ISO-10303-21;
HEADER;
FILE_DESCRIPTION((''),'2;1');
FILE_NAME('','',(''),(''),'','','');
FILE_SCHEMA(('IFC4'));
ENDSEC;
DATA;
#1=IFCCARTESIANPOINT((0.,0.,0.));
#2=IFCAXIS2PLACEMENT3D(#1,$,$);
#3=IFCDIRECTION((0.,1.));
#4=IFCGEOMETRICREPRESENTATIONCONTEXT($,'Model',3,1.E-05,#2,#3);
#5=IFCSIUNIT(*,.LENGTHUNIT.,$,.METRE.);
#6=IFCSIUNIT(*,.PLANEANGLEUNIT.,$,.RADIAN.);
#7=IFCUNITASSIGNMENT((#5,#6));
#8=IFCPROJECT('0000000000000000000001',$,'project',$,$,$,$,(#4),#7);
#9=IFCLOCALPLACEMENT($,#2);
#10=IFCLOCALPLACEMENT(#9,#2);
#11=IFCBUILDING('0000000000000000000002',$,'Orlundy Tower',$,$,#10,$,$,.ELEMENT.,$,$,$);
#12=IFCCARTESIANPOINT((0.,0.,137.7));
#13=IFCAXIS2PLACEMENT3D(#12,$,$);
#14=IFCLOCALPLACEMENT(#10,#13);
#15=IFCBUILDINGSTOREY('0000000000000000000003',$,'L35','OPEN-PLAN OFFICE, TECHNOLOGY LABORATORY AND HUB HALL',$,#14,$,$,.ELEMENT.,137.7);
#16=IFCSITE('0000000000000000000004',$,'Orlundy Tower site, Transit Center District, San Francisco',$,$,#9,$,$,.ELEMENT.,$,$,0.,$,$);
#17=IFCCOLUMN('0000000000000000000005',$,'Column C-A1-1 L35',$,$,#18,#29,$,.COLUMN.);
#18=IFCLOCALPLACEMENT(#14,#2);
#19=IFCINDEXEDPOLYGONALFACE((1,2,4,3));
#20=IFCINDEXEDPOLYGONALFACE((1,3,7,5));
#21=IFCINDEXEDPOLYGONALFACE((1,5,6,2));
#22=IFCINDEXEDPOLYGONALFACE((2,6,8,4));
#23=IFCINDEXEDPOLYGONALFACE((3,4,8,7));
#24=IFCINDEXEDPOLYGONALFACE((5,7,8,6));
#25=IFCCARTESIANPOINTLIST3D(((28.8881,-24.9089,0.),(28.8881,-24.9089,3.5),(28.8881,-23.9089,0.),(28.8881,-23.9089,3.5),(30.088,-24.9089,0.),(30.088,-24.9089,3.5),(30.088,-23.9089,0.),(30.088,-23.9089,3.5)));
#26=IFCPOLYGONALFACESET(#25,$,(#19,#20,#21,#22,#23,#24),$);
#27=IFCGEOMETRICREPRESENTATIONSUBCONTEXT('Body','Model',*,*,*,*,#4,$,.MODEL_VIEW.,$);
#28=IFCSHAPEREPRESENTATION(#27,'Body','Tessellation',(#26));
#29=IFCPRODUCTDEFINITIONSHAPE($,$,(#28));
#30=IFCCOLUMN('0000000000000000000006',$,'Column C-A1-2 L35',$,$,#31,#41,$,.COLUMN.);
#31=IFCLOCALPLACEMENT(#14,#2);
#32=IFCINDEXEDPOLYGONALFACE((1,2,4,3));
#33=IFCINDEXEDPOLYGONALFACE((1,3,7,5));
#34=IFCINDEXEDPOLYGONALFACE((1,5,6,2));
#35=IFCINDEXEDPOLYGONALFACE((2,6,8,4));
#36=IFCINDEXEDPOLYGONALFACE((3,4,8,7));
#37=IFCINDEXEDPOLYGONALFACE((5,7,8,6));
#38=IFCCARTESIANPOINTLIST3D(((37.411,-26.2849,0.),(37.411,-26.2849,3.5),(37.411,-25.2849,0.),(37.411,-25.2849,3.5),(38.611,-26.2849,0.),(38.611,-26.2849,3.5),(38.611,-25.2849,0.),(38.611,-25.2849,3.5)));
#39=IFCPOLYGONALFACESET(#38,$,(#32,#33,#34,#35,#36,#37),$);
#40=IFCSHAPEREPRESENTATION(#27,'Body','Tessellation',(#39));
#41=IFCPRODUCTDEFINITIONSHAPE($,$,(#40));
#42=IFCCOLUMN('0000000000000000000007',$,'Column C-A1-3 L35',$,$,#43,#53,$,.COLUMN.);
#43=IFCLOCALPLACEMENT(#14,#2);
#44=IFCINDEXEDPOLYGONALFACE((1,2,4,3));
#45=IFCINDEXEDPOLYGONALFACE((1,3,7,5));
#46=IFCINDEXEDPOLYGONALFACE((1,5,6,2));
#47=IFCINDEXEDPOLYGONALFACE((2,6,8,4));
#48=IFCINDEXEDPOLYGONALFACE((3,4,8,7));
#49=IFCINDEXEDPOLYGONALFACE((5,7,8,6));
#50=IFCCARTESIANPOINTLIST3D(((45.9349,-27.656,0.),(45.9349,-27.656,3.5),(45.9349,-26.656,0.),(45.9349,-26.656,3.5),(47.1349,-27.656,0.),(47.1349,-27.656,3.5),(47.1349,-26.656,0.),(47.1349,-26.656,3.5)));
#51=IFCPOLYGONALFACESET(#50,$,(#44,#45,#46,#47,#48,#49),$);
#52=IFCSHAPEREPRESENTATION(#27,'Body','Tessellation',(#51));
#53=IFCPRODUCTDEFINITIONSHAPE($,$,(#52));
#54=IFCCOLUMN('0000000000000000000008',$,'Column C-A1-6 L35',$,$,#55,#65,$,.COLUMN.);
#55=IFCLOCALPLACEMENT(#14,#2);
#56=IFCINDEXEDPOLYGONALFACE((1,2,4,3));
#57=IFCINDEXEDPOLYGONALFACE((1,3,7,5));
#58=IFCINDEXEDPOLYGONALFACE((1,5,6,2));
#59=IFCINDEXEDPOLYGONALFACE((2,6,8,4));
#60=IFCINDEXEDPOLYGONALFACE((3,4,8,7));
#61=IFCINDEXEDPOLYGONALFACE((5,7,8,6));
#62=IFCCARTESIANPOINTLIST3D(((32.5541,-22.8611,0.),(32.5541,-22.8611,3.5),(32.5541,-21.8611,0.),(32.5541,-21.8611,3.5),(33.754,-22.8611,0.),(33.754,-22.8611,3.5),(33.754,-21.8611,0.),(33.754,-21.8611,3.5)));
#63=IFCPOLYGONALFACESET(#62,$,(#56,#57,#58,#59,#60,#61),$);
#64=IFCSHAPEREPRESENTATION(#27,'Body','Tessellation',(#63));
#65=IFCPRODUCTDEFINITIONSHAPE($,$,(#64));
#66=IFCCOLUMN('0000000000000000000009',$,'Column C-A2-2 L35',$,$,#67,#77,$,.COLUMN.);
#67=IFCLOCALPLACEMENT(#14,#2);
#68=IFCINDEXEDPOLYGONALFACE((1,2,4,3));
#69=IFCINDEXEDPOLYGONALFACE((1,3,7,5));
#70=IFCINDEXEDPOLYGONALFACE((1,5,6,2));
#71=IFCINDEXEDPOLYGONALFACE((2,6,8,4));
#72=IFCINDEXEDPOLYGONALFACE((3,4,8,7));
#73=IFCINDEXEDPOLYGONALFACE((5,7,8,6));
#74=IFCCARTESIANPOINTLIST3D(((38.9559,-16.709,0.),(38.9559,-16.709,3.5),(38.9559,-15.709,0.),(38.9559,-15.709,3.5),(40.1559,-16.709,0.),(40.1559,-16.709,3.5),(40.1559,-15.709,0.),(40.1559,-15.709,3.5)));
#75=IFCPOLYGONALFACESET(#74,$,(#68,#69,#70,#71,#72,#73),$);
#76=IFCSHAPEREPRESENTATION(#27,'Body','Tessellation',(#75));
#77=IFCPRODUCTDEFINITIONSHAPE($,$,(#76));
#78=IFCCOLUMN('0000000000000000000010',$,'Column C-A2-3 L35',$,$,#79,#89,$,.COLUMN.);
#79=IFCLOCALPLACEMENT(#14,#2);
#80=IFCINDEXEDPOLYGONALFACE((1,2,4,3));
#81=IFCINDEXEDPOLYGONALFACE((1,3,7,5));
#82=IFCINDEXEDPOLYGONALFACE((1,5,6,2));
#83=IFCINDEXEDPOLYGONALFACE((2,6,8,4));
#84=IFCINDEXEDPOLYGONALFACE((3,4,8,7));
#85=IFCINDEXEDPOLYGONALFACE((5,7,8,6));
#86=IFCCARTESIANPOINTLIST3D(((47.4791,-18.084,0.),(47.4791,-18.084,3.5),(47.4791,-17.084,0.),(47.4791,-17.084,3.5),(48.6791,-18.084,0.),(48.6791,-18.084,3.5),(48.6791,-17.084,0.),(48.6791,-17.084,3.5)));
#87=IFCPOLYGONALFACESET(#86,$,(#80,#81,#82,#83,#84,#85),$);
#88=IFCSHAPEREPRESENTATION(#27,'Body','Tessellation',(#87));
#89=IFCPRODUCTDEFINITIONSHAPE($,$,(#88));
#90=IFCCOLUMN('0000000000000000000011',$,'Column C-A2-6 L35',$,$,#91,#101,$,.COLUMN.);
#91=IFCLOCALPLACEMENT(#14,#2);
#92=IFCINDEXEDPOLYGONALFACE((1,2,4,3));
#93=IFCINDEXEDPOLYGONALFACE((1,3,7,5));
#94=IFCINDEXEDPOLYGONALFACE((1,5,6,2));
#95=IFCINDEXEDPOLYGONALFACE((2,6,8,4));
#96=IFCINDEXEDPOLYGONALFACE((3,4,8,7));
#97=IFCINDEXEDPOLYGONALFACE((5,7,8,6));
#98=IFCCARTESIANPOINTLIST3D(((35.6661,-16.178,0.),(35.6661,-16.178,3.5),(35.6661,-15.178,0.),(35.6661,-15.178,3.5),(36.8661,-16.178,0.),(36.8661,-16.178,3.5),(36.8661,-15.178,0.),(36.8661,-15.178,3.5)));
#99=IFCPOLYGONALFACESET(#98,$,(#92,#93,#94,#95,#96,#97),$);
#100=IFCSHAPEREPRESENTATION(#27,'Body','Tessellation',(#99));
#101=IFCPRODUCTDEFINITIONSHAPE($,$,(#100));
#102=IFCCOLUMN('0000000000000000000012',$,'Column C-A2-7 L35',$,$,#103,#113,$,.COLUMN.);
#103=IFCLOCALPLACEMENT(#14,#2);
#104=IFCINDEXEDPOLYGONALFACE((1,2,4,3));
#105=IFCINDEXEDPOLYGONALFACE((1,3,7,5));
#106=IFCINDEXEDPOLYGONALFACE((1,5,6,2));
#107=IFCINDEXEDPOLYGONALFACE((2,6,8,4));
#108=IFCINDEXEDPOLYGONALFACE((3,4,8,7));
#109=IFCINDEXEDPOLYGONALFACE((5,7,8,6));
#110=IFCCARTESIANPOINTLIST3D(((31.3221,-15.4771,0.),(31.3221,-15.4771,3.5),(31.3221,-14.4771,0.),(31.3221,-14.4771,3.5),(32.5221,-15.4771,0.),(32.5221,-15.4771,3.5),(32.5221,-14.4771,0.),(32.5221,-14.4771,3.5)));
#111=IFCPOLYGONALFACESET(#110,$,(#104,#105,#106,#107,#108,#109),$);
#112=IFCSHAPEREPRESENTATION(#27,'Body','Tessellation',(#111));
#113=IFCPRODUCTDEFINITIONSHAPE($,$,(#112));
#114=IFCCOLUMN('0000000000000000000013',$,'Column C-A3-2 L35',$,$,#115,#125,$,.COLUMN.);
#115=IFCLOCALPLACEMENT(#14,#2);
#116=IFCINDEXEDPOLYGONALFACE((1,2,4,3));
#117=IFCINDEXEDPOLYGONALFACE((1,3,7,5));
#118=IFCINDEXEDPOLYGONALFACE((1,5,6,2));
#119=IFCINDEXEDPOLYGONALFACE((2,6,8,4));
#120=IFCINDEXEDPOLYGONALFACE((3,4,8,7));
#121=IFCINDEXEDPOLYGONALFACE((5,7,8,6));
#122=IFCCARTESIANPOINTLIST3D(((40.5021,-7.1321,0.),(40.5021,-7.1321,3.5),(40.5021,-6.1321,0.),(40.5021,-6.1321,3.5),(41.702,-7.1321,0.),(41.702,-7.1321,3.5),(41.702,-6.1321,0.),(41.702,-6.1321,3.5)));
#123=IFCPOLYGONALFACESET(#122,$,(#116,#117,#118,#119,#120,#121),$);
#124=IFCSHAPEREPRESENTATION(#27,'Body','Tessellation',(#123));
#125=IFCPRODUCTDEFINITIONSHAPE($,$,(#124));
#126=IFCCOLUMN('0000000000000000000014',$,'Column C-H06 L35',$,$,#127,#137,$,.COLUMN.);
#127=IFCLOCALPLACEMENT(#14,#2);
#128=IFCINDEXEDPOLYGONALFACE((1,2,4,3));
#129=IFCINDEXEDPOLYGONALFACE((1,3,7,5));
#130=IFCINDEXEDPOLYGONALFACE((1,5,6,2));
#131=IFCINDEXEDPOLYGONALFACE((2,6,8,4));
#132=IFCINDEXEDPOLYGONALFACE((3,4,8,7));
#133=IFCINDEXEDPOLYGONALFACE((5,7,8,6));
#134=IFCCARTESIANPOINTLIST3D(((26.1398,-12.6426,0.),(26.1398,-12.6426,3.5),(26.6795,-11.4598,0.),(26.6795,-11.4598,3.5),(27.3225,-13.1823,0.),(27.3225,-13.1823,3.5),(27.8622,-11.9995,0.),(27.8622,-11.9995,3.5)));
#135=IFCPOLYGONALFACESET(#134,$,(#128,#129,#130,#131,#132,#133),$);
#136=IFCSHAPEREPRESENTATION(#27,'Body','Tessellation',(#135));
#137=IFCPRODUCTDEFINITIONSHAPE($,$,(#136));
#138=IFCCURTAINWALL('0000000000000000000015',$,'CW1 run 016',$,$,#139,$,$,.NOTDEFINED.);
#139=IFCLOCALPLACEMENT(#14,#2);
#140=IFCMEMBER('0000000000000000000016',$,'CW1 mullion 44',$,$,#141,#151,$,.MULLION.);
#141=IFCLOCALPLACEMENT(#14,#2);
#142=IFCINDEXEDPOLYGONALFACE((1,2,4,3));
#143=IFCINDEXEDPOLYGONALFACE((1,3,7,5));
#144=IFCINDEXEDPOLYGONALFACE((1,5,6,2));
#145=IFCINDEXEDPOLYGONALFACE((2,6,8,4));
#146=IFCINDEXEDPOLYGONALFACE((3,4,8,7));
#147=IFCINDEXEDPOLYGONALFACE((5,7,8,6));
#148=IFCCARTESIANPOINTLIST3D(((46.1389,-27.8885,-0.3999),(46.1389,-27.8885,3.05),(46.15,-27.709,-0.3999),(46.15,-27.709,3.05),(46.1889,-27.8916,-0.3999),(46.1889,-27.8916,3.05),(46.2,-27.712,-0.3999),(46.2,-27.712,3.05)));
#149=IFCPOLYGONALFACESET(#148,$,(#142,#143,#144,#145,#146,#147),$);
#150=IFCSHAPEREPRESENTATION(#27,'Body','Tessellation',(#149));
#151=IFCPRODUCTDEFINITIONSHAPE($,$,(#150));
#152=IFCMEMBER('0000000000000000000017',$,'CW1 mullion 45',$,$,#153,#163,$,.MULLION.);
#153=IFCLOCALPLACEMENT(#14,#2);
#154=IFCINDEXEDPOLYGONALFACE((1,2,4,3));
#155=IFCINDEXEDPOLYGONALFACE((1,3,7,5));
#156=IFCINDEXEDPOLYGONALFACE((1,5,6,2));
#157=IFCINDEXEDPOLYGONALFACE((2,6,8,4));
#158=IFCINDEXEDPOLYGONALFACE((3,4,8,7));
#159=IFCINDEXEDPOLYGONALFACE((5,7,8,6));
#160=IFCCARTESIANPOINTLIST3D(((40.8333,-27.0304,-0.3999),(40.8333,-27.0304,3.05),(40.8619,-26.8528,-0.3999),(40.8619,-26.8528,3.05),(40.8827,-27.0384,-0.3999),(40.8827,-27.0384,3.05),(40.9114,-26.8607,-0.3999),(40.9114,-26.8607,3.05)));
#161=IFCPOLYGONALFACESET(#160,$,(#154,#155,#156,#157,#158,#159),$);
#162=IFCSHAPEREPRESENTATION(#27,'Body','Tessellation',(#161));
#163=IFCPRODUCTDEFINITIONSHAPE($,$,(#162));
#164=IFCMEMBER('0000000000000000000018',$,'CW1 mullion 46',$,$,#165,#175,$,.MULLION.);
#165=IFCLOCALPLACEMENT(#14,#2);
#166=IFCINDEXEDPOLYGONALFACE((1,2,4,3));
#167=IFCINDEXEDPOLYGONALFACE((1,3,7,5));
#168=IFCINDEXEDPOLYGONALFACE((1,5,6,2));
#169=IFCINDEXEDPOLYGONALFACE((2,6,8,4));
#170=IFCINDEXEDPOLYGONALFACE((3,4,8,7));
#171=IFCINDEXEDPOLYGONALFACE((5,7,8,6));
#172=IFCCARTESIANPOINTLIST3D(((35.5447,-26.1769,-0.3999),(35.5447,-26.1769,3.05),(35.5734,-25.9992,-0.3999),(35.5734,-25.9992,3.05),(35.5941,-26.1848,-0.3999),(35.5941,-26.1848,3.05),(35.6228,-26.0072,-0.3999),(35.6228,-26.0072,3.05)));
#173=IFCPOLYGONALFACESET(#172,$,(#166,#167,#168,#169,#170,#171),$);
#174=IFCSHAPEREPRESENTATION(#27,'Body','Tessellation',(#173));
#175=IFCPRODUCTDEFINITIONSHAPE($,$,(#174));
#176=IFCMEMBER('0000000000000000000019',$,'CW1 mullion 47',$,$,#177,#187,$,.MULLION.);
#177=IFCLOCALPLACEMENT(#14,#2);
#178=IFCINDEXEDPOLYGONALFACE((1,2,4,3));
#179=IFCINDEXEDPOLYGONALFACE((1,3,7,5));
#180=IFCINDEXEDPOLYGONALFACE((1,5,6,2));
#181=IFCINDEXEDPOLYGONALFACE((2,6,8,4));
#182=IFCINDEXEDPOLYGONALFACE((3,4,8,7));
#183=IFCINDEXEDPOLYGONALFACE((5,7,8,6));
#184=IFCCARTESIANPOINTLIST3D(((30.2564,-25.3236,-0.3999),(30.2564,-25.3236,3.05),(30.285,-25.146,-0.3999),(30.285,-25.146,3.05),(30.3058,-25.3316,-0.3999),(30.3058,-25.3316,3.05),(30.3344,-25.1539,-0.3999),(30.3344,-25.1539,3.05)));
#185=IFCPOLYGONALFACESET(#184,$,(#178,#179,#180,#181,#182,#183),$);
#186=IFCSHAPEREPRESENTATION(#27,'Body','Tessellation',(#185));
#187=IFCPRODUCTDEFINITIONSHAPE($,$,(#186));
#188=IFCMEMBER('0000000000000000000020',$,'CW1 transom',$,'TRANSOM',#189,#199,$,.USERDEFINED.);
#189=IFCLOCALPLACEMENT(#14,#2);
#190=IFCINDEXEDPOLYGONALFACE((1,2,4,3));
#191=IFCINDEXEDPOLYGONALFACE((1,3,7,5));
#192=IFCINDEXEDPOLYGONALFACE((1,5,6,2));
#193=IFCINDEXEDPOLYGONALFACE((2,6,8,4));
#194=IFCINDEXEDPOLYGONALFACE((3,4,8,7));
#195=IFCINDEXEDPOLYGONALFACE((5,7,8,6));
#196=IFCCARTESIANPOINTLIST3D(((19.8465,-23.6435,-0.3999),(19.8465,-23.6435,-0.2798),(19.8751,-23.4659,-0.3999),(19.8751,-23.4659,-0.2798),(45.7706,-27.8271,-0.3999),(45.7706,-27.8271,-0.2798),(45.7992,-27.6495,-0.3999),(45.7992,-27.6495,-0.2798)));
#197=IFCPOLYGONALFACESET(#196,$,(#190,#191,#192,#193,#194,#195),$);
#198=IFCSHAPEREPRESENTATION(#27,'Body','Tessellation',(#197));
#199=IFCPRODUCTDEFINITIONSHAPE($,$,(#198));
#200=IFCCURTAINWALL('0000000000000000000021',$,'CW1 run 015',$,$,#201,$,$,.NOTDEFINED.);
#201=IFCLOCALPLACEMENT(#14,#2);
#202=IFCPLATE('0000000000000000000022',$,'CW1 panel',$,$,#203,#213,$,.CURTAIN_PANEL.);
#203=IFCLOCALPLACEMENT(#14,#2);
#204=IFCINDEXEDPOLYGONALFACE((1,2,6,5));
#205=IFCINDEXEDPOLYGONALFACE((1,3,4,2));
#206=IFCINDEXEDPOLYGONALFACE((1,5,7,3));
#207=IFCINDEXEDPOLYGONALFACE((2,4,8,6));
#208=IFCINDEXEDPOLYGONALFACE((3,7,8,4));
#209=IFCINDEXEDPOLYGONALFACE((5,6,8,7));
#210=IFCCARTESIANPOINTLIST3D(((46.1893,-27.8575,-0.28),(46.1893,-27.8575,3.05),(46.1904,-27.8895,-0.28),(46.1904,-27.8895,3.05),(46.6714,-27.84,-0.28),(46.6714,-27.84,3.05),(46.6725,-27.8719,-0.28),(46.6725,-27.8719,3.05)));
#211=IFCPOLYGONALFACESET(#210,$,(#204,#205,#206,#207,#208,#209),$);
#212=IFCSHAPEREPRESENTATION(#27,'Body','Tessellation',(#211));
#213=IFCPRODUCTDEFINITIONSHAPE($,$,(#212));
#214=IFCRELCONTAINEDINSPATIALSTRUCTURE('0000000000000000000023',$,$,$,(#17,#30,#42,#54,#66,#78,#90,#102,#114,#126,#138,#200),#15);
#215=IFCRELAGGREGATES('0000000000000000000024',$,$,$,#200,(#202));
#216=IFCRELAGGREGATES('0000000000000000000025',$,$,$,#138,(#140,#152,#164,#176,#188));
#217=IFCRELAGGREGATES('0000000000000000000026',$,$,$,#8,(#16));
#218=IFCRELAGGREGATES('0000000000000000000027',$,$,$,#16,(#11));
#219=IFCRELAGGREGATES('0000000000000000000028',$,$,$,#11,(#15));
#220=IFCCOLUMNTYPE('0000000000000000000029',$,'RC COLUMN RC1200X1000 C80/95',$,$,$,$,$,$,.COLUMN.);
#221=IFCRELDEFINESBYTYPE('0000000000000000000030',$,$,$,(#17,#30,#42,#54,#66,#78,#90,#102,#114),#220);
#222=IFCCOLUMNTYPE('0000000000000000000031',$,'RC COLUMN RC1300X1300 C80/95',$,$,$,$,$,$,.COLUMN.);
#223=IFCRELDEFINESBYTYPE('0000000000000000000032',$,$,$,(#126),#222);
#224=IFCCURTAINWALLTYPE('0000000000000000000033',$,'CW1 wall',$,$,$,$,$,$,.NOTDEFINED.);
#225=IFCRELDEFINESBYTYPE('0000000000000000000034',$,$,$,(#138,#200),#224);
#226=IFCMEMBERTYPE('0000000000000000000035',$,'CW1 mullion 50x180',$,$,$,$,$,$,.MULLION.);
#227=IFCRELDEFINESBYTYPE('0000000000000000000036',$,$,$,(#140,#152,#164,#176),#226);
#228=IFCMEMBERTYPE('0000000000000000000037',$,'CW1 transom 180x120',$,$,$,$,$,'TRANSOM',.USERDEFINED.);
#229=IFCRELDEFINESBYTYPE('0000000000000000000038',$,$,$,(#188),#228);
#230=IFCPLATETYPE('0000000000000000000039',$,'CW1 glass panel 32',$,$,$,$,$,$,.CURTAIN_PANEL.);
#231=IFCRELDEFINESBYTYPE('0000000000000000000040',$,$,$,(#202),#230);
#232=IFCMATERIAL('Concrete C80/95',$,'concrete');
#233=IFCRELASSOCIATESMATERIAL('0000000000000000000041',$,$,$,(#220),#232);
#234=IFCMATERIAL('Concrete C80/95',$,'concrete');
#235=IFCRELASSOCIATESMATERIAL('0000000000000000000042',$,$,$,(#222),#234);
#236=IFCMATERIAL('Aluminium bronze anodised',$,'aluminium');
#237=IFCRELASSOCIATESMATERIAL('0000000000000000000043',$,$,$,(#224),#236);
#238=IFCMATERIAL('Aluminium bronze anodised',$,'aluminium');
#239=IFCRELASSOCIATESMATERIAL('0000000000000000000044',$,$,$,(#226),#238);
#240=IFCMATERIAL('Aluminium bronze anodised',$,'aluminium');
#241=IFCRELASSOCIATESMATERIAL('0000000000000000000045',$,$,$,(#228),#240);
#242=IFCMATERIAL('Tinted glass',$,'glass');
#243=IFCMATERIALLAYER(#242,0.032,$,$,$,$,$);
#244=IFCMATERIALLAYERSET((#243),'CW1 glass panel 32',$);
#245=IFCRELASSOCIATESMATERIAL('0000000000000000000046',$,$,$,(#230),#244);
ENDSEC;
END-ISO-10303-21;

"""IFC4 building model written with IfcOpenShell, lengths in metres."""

from ifc_helpers import new_model, si_unit, direction, frame, origin, origin_2d, place, context, subcontext, project, spatial, rectangle, extrude, material, layer, layer_set, material_profile, profile_set, type_object, element, aggregate, save


model = new_model("IFC4")

# Units and contexts
model_context = context("Model", 3, precision=1e-05, world=origin(), true_north=direction((0.0, 1.0)))
body_context = subcontext(model_context, "Body", "Model", "MODEL_VIEW")
ifc_project = project(units=[si_unit("LENGTHUNIT", "METRE"), si_unit("PLANEANGLEUNIT", "RADIAN")], contexts=[model_context])

# Site, building, storey
site_placement = place(None, origin())
site = spatial("IfcSite", under=ifc_project, at=site_placement, Name="Orlundy Tower site, Transit Center District, San Francisco", CompositionType="ELEMENT", RefElevation=0.0)
building_placement = place(site_placement, origin())
building = spatial("IfcBuilding", under=site, at=building_placement, Name="Orlundy Tower", CompositionType="ELEMENT")
storey_placement = place(building_placement, frame((0.0, 0.0, 137.7)))
storey = spatial("IfcBuildingStorey", under=building, at=storey_placement, Name="L35", Description="OPEN-PLAN OFFICE, TECHNOLOGY LABORATORY AND HUB HALL", CompositionType="ELEMENT", Elevation=137.7)

# Columns
ifc_material_1 = material(Name="Concrete C80/95", Category="concrete")
ifc_material_profile_1 = material_profile(ifc_material_1, rectangle(XDim=1.2, YDim=1.0, at=origin_2d()), Name="RC1200X1000")
ifc_profile_set_1 = profile_set([ifc_material_profile_1], Name="Concrete C80/95")
column_type_1 = type_object("IfcColumnType", Name="RC COLUMN RC1200X1000 C80/95", PredefinedType="COLUMN", material=ifc_profile_set_1)
for number, where, z_axis, x_axis, name in (
    (1, (29.488, -24.4089, 0.0), (0.0, 0.0, 1.0), (1.0, 0.0, 0.0), "Column C-A1-1 L35"),
    (2, (38.011, -25.7849, 0.0), (0.0, 0.0, 1.0), (1.0, 0.0, 0.0), "Column C-A1-2 L35"),
    (3, (46.5349, -27.156, 0.0), (0.0, 0.0, 1.0), (1.0, 0.0, 0.0), "Column C-A1-3 L35"),
    (4, (33.1541, -22.3611, 0.0), (0.0, 0.0, 1.0), (1.0, 0.0, 0.0), "Column C-A1-6 L35"),
    (5, (39.5559, -16.209, 0.0), (0.0, 0.0, 1.0), (1.0, 0.0, 0.0), "Column C-A2-2 L35"),
    (6, (48.0791, -17.584, 0.0), (0.0, 0.0, 1.0), (1.0, 0.0, 0.0), "Column C-A2-3 L35"),
    (7, (36.2661, -15.678, 0.0), (0.0, 0.0, 1.0), (1.0, 0.0, 0.0), "Column C-A2-6 L35"),
    (8, (31.9221, -14.9771, 0.0), (0.0, 0.0, 1.0), (1.0, 0.0, 0.0), "Column C-A2-7 L35"),
    (9, (41.1021, -6.6321, 0.0), (0.0, 0.0, 1.0), (1.0, 0.0, 0.0), "Column C-A3-2 L35"),
):
    element("IfcColumn", number, at=place(storey_placement, frame(where, z_axis=z_axis, x_axis=x_axis)), inside=storey, type_object=column_type_1, Name=name, PredefinedType="COLUMN", context=body_context, shape_type="SweptSolid", body=[
        extrude(rectangle(XDim=1.2, YDim=1.0, at=origin_2d()), origin(), (0.0, 0.0, 1.0), 3.5),
    ])
ifc_material_2 = material(Name="Concrete C80/95", Category="concrete")
ifc_material_profile_2 = material_profile(ifc_material_2, rectangle(XDim=1.3, YDim=1.3, at=origin_2d()), Name="RC1300X1300")
ifc_profile_set_2 = profile_set([ifc_material_profile_2], Name="Concrete C80/95")
column_type_2 = type_object("IfcColumnType", Name="RC COLUMN RC1300X1300 C80/95", PredefinedType="COLUMN", material=ifc_profile_set_2)
column_placement = place(storey_placement, frame((27.001, -12.321, 0.0), z_axis=(0.0, 0.0, 1.0), x_axis=(0.909759, -0.415138, 0.0)))
element("IfcColumn", 10, at=column_placement, inside=storey, type_object=column_type_2, Name="Column C-H06 L35", PredefinedType="COLUMN", context=body_context, shape_type="SweptSolid", body=[
    extrude(rectangle(XDim=1.3, YDim=1.3, at=origin_2d()), origin(), (0.0, 0.0, 1.0), 3.5),
])

# Curtain wall, members
ifc_material_3 = material(Name="Aluminium bronze anodised", Category="aluminium")
curtain_wall_type = type_object("IfcCurtainWallType", Name="CW1 wall", PredefinedType="NOTDEFINED", material=ifc_material_3)
curtain_wall_1_placement = place(storey_placement, origin())
curtain_wall_1 = element("IfcCurtainWall", 11, at=curtain_wall_1_placement, inside=storey, type_object=curtain_wall_type, Name="CW1 run 016", PredefinedType="NOTDEFINED")
ifc_material_4 = material(Name="Aluminium bronze anodised", Category="aluminium")
ifc_material_profile_3 = material_profile(ifc_material_4, rectangle(XDim=0.1799, YDim=0.05, at=origin_2d()), Name="CW1 mullion 50x180")
ifc_profile_set_3 = profile_set([ifc_material_profile_3], Name="Aluminium bronze anodised")
member_type_1 = type_object("IfcMemberType", Name="CW1 mullion 50x180", PredefinedType="MULLION", material=ifc_profile_set_3)
member_1_placement = place(storey_placement, frame((46.1694, -27.8003, -0.3999), z_axis=(0.0, 0.0, 1.0), x_axis=(-0.061747, -0.998092, 0.0)))
member_1 = element("IfcMember", 12, at=member_1_placement, type_object=member_type_1, Name="CW1 mullion 44", PredefinedType="MULLION", context=body_context, shape_type="SweptSolid", body=[
    extrude(rectangle(XDim=0.1799, YDim=0.05, at=origin_2d()), origin(), (0.0, 0.0, 1.0), 3.45),
])
member_2_placement = place(storey_placement, frame((40.8723, -26.9456, -0.3999), z_axis=(0.0, 0.0, 1.0), x_axis=(-0.159311, -0.987228, 0.0)))
member_2 = element("IfcMember", 13, at=member_2_placement, type_object=member_type_1, Name="CW1 mullion 45", PredefinedType="MULLION", context=body_context, shape_type="SweptSolid", body=[
    extrude(rectangle(XDim=0.1799, YDim=0.05, at=origin_2d()), origin(), (0.0, 0.0, 1.0), 3.45),
])
member_3_placement = place(storey_placement, frame((35.5837, -26.092, -0.3999), z_axis=(0.0, 0.0, 1.0), x_axis=(-0.159311, -0.987228, 0.0)))
member_3 = element("IfcMember", 14, at=member_3_placement, type_object=member_type_1, Name="CW1 mullion 46", PredefinedType="MULLION", context=body_context, shape_type="SweptSolid", body=[
    extrude(rectangle(XDim=0.1799, YDim=0.05, at=origin_2d()), origin(), (0.0, 0.0, 1.0), 3.45),
])
member_4_placement = place(storey_placement, frame((30.2954, -25.2388, -0.3999), z_axis=(0.0, 0.0, 1.0), x_axis=(-0.159311, -0.987228, 0.0)))
member_4 = element("IfcMember", 15, at=member_4_placement, type_object=member_type_1, Name="CW1 mullion 47", PredefinedType="MULLION", context=body_context, shape_type="SweptSolid", body=[
    extrude(rectangle(XDim=0.1799, YDim=0.05, at=origin_2d()), origin(), (0.0, 0.0, 1.0), 3.45),
])
ifc_material_5 = material(Name="Aluminium bronze anodised", Category="aluminium")
ifc_material_profile_4 = material_profile(ifc_material_5, rectangle(XDim=0.1799, YDim=0.1201, at=origin_2d()), Name="CW1 transom 180x120")
ifc_profile_set_4 = profile_set([ifc_material_profile_4], Name="Aluminium bronze anodised")
member_type_2 = type_object("IfcMemberType", Name="CW1 transom 180x120", ElementType="TRANSOM", PredefinedType="USERDEFINED", material=ifc_profile_set_4)
member_5_placement = place(storey_placement, frame((45.7849, -27.7383, -0.3398), z_axis=(-0.987227, 0.159317, 0.0), x_axis=(-0.159317, -0.987227, 0.0)))
member_5 = element("IfcMember", 16, at=member_5_placement, type_object=member_type_2, Name="CW1 transom", ObjectType="TRANSOM", PredefinedType="USERDEFINED", context=body_context, shape_type="SweptSolid", body=[
    extrude(rectangle(XDim=0.1799, YDim=0.1201, at=origin_2d()), origin(), (0.0, 0.0, 1.0), 26.2595),
])

# Curtain wall, plate
curtain_wall_2_placement = place(storey_placement, origin())
curtain_wall_2 = element("IfcCurtainWall", 17, at=curtain_wall_2_placement, inside=storey, type_object=curtain_wall_type, Name="CW1 run 015", PredefinedType="NOTDEFINED")
ifc_material_6 = material(Name="Tinted glass", Category="glass")
ifc_layer_1 = layer(ifc_material_6, 0.032)
ifc_layer_set_1 = layer_set([ifc_layer_1], Name="CW1 glass panel 32")
plate_type = type_object("IfcPlateType", Name="CW1 glass panel 32", PredefinedType="CURTAIN_PANEL", material=ifc_layer_set_1)
plate_1_placement = place(storey_placement, frame((46.4309, -27.8647, -0.28), z_axis=(0.0, 0.0, 1.0), x_axis=(-0.999337, -0.036413, 0.0)))
plate_1 = element("IfcPlate", 18, at=plate_1_placement, type_object=plate_type, Name="CW1 panel", PredefinedType="CURTAIN_PANEL", context=body_context, shape_type="SweptSolid", body=[
    extrude(rectangle(XDim=0.4824, YDim=0.032, at=origin_2d()), origin(), (0.0, 0.0, 1.0), 3.3301),
])
aggregate(curtain_wall_2, [plate_1])

aggregate(curtain_wall_1, [member_1, member_2, member_3, member_4, member_5])

save(model, "model.ifc")
